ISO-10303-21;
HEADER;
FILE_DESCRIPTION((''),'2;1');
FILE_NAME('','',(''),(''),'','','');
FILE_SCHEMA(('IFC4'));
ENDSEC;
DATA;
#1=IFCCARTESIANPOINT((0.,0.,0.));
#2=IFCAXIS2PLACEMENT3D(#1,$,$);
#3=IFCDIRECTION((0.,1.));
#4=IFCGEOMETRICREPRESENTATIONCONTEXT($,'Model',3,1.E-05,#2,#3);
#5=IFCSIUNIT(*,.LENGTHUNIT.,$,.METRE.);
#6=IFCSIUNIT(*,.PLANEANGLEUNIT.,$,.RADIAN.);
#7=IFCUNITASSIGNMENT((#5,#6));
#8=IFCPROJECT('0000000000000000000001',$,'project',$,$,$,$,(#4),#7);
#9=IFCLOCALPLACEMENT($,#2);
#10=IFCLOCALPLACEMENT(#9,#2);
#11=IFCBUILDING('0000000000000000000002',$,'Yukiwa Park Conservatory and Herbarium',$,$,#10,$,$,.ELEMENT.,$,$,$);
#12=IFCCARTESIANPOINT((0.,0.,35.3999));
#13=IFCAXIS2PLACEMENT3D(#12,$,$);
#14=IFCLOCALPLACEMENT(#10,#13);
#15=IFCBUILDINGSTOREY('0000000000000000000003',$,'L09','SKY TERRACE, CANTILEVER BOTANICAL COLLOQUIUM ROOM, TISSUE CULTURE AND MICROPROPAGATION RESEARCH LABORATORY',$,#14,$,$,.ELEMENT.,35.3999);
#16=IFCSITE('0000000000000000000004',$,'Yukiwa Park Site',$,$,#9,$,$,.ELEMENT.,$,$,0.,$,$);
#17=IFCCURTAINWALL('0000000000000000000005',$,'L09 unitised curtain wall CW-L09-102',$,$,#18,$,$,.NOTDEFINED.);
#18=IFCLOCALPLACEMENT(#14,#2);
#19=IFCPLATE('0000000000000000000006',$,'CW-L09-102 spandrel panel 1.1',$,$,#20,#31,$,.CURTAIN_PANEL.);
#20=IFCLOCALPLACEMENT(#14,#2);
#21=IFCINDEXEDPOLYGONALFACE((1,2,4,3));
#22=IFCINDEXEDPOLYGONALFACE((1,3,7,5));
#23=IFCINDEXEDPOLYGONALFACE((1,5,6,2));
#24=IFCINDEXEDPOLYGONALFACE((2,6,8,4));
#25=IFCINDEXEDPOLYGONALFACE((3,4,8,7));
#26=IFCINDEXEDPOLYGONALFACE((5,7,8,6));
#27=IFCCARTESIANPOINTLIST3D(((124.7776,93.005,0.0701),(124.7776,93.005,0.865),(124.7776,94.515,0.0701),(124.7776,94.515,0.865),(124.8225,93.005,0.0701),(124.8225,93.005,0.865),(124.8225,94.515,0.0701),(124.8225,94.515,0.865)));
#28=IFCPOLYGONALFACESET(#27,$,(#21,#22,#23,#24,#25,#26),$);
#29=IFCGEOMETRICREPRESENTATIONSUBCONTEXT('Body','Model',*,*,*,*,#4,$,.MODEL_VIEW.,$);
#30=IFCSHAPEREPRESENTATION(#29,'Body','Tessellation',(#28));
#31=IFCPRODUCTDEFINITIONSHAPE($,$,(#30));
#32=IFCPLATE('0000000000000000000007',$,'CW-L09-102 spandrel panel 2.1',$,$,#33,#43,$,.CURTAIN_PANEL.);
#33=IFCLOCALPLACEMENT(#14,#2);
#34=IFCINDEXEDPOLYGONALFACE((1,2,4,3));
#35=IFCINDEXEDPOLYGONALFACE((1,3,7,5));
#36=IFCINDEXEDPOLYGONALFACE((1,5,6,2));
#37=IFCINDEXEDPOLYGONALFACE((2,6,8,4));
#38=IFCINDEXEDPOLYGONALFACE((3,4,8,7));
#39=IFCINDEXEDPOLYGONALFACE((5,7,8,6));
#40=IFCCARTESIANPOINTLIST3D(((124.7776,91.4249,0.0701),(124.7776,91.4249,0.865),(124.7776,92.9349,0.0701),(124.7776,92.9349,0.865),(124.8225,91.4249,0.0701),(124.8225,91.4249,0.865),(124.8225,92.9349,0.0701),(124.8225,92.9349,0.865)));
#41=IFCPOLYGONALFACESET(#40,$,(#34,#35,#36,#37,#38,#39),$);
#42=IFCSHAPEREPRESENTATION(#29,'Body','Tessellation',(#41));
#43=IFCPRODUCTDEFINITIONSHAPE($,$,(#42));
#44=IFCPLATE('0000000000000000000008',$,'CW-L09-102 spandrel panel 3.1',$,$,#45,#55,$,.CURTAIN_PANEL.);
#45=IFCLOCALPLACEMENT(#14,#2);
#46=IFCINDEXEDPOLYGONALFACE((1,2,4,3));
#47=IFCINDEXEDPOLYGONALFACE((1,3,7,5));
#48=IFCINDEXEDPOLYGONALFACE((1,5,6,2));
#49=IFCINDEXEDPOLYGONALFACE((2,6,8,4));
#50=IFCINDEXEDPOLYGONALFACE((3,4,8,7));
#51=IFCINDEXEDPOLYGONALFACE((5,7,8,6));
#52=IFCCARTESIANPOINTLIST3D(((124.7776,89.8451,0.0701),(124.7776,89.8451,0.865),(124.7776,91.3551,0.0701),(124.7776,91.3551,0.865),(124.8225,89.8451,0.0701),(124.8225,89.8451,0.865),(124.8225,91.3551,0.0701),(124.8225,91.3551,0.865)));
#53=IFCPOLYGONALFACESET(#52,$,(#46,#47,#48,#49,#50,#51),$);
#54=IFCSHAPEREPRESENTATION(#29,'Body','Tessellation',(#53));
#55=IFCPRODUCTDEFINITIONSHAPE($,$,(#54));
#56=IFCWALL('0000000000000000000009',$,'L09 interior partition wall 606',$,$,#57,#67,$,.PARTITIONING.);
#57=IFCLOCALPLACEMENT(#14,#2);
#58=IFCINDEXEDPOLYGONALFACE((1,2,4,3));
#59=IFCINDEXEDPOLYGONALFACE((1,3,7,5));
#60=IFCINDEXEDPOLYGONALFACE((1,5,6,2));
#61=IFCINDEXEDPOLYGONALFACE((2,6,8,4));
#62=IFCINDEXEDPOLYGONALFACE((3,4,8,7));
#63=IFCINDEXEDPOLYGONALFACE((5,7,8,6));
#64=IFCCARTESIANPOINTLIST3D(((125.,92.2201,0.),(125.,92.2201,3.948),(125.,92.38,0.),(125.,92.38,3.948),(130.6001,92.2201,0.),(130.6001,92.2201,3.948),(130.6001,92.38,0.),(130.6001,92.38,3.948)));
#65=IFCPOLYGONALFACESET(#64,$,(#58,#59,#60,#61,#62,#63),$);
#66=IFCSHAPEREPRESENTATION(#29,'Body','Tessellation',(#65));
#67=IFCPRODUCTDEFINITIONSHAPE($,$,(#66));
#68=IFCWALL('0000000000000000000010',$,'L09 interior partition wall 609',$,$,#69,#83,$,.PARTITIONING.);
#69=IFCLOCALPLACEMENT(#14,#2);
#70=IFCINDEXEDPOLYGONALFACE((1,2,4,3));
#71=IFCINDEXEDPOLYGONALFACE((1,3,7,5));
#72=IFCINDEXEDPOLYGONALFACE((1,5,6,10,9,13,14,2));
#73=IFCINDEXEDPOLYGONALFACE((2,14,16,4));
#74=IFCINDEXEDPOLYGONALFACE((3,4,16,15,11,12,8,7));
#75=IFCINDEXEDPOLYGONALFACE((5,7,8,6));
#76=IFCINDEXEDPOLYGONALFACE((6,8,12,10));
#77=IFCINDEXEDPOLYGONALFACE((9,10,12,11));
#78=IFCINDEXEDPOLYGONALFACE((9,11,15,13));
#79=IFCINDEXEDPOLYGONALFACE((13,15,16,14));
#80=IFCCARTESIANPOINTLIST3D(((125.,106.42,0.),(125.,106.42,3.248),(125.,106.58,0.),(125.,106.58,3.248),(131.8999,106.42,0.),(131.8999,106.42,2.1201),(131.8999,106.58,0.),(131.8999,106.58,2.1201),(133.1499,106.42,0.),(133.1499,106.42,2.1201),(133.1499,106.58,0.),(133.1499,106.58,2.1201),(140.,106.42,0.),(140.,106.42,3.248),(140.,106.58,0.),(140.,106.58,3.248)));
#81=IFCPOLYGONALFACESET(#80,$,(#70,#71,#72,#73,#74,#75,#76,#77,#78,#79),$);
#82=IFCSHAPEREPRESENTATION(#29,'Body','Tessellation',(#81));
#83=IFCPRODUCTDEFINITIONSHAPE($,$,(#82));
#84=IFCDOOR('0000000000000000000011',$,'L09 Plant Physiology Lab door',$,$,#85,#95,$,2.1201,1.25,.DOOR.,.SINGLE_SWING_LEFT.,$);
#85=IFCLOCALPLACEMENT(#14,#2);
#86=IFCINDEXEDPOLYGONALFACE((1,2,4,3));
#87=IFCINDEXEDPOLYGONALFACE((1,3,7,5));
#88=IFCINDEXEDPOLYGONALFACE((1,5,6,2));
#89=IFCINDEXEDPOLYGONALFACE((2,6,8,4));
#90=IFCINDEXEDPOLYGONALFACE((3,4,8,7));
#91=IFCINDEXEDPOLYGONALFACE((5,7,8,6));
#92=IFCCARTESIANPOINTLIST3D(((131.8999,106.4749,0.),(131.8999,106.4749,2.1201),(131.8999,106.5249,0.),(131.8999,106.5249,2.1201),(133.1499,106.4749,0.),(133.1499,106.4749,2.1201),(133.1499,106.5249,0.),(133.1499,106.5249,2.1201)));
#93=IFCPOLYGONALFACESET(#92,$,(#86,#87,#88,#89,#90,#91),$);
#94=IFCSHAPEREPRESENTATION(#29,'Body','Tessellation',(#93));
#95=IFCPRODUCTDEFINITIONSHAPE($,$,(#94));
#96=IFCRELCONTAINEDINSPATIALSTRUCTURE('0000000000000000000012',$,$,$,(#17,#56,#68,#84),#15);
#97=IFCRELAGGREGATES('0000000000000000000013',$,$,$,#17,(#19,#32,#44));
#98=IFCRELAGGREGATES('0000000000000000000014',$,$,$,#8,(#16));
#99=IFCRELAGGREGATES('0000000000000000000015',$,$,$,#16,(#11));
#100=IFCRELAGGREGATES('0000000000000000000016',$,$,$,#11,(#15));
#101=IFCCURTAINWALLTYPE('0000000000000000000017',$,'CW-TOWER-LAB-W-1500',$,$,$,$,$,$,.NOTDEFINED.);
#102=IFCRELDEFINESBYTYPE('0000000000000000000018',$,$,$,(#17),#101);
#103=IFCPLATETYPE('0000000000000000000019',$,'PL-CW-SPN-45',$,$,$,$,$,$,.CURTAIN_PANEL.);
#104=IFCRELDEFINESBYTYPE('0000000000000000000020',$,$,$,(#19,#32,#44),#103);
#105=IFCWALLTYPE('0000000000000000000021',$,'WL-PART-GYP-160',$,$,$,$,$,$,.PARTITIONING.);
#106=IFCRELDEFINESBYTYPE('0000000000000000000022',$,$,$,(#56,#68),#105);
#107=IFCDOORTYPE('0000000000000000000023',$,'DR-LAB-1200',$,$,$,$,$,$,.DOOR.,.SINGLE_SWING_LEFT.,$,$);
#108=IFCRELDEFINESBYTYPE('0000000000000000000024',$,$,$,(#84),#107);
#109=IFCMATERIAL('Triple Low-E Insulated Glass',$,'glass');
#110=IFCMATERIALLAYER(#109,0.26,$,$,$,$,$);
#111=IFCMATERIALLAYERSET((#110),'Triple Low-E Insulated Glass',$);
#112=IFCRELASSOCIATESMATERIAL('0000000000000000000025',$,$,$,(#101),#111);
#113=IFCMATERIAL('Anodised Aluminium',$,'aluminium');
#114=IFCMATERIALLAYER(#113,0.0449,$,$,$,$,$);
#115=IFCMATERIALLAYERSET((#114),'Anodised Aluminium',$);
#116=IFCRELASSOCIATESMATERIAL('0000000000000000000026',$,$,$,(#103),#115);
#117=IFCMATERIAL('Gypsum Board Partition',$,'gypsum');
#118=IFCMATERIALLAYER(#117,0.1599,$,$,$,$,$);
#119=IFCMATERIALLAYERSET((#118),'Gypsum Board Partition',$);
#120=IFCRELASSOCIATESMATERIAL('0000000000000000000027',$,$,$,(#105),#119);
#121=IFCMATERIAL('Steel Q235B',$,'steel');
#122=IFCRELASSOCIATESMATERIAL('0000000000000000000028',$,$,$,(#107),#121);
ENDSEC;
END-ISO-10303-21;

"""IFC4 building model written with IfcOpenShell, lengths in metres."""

from ifc_helpers import new_model, si_unit, direction, frame, frame_2d, origin, origin_2d, place, context, subcontext, project, spatial, rectangle, extrude, material, layer, layer_set, type_object, element, fill, aggregate, save


model = new_model("IFC4")

# Units and contexts
model_context = context("Model", 3, precision=1e-05, world=origin(), true_north=direction((0.0, 1.0)))
body_context = subcontext(model_context, "Body", "Model", "MODEL_VIEW")
ifc_project = project(units=[si_unit("LENGTHUNIT", "METRE"), si_unit("PLANEANGLEUNIT", "RADIAN")], contexts=[model_context])

# Site, building, storey
site_placement = place(None, origin())
site = spatial("IfcSite", under=ifc_project, at=site_placement, Name="Yukiwa Park Site", CompositionType="ELEMENT", RefElevation=0.0)
building_placement = place(site_placement, origin())
building = spatial("IfcBuilding", under=site, at=building_placement, Name="Yukiwa Park Conservatory and Herbarium", CompositionType="ELEMENT")
storey_placement = place(building_placement, frame((0.0, 0.0, 35.3999)))
storey = spatial("IfcBuildingStorey", under=building, at=storey_placement, Name="L09", Description="SKY TERRACE, CANTILEVER BOTANICAL COLLOQUIUM ROOM, TISSUE CULTURE AND MICROPROPAGATION RESEARCH LABORATORY", CompositionType="ELEMENT", Elevation=35.3999)

# Curtain wall, plates
ifc_material_1 = material(Name="Triple Low-E Insulated Glass", Category="glass")
ifc_layer_1 = layer(ifc_material_1, 0.26)
ifc_layer_set_1 = layer_set([ifc_layer_1], Name="Triple Low-E Insulated Glass")
curtain_wall_type = type_object("IfcCurtainWallType", Name="CW-TOWER-LAB-W-1500", PredefinedType="NOTDEFINED", material=ifc_layer_set_1)
curtain_wall_placement = place(storey_placement, origin())
curtain_wall = element("IfcCurtainWall", 1, at=curtain_wall_placement, inside=storey, type_object=curtain_wall_type, Name="L09 unitised curtain wall CW-L09-102", PredefinedType="NOTDEFINED")
ifc_material_2 = material(Name="Anodised Aluminium", Category="aluminium")
ifc_layer_2 = layer(ifc_material_2, 0.0449)
ifc_layer_set_2 = layer_set([ifc_layer_2], Name="Anodised Aluminium")
plate_type_1 = type_object("IfcPlateType", Name="PL-CW-SPN-45", PredefinedType="CURTAIN_PANEL", material=ifc_layer_set_2)
plate_1_placement = place(storey_placement, frame((124.8, 93.76, 0.0701), z_axis=(0.0, 0.0, 1.0), x_axis=(0.0, -1.0, 0.0)))
plate_1 = element("IfcPlate", 2, at=plate_1_placement, type_object=plate_type_1, Name="CW-L09-102 spandrel panel 1.1", PredefinedType="CURTAIN_PANEL", context=body_context, shape_type="SweptSolid", body=[
    extrude(rectangle(XDim=1.51, YDim=0.0449, at=origin_2d()), origin(), (0.0, 0.0, 1.0), 0.7949),
])
plate_2_placement = place(storey_placement, frame((124.8, 92.1799, 0.0701), z_axis=(0.0, 0.0, 1.0), x_axis=(0.0, -1.0, 0.0)))
plate_2 = element("IfcPlate", 3, at=plate_2_placement, type_object=plate_type_1, Name="CW-L09-102 spandrel panel 2.1", PredefinedType="CURTAIN_PANEL", context=body_context, shape_type="SweptSolid", body=[
    extrude(rectangle(XDim=1.51, YDim=0.0449, at=origin_2d()), origin(), (0.0, 0.0, 1.0), 0.7949),
])
plate_3_placement = place(storey_placement, frame((124.8, 90.6001, 0.0701), z_axis=(0.0, 0.0, 1.0), x_axis=(0.0, -1.0, 0.0)))
plate_3 = element("IfcPlate", 4, at=plate_3_placement, type_object=plate_type_1, Name="CW-L09-102 spandrel panel 3.1", PredefinedType="CURTAIN_PANEL", context=body_context, shape_type="SweptSolid", body=[
    extrude(rectangle(XDim=1.51, YDim=0.0449, at=origin_2d()), origin(), (0.0, 0.0, 1.0), 0.7949),
])
aggregate(curtain_wall, [plate_1, plate_2, plate_3])

# Wall
ifc_material_3 = material(Name="Gypsum Board Partition", Category="gypsum")
ifc_layer_3 = layer(ifc_material_3, 0.1599)
ifc_layer_set_3 = layer_set([ifc_layer_3], Name="Gypsum Board Partition")
wall_type = type_object("IfcWallType", Name="WL-PART-GYP-160", PredefinedType="PARTITIONING", material=ifc_layer_set_3)
wall_1_placement = place(storey_placement, frame((125.0, 92.3, 0.0), z_axis=(0.0, 0.0, 1.0), x_axis=(1.0, 0.0, 0.0)))
element("IfcWall", 5, at=wall_1_placement, inside=storey, type_object=wall_type, Name="L09 interior partition wall 606", PredefinedType="PARTITIONING", context=body_context, shape_type="SweptSolid", body=[
    extrude(rectangle(XDim=5.6001, YDim=0.1599, at=frame_2d((2.8, 0.0))), origin(), (0.0, 0.0, 1.0), 3.948),
])

# Wall, opening, door
wall_2_placement = place(storey_placement, frame((125.0, 106.5, 0.0), z_axis=(0.0, 0.0, 1.0), x_axis=(1.0, 0.0, 0.0)))
wall_2 = element("IfcWall", 6, at=wall_2_placement, inside=storey, type_object=wall_type, Name="L09 interior partition wall 609", PredefinedType="PARTITIONING", context=body_context, shape_type="SweptSolid", body=[
    extrude(rectangle(XDim=15.0, YDim=0.1599, at=frame_2d((7.5, 0.0))), origin(), (0.0, 0.0, 1.0), 3.248),
])
opening_placement = place(wall_2_placement, frame((6.8999, 0.0, 0.0)))
opening = element("IfcOpeningElement", 7, at=opening_placement, cuts=wall_2, PredefinedType="OPENING", context=body_context, shape_type="SweptSolid", body=[
    extrude(rectangle(XDim=1.25, YDim=2.1201, at=frame_2d((0.625, 1.0601))), frame((0.0, 0.0898, 0.0), z_axis=(0.0, -1.0, 0.0), x_axis=(1.0, 0.0, 0.0)), (0.0, 0.0, 1.0), 0.1799),
])
ifc_material_4 = material(Name="Steel Q235B", Category="steel")
door_type = type_object("IfcDoorType", Name="DR-LAB-1200", OperationType="SINGLE_SWING_LEFT", PredefinedType="DOOR", material=ifc_material_4)
door_placement = place(opening_placement, origin())
door = element("IfcDoor", 8, at=door_placement, inside=storey, type_object=door_type, Name="L09 Plant Physiology Lab door", OperationType="SINGLE_SWING_LEFT", OverallHeight=2.1201, OverallWidth=1.25, PredefinedType="DOOR", context=body_context, shape_type="SweptSolid", body=[
    extrude(rectangle(XDim=1.25, YDim=2.1201, at=frame_2d((0.625, 1.0601))), frame((0.0, 0.0249, 0.0), z_axis=(0.0, -1.0, 0.0), x_axis=(1.0, 0.0, 0.0)), (0.0, 0.0, 1.0), 0.05),
])
fill(opening, door)

save(model, "model.ifc")
